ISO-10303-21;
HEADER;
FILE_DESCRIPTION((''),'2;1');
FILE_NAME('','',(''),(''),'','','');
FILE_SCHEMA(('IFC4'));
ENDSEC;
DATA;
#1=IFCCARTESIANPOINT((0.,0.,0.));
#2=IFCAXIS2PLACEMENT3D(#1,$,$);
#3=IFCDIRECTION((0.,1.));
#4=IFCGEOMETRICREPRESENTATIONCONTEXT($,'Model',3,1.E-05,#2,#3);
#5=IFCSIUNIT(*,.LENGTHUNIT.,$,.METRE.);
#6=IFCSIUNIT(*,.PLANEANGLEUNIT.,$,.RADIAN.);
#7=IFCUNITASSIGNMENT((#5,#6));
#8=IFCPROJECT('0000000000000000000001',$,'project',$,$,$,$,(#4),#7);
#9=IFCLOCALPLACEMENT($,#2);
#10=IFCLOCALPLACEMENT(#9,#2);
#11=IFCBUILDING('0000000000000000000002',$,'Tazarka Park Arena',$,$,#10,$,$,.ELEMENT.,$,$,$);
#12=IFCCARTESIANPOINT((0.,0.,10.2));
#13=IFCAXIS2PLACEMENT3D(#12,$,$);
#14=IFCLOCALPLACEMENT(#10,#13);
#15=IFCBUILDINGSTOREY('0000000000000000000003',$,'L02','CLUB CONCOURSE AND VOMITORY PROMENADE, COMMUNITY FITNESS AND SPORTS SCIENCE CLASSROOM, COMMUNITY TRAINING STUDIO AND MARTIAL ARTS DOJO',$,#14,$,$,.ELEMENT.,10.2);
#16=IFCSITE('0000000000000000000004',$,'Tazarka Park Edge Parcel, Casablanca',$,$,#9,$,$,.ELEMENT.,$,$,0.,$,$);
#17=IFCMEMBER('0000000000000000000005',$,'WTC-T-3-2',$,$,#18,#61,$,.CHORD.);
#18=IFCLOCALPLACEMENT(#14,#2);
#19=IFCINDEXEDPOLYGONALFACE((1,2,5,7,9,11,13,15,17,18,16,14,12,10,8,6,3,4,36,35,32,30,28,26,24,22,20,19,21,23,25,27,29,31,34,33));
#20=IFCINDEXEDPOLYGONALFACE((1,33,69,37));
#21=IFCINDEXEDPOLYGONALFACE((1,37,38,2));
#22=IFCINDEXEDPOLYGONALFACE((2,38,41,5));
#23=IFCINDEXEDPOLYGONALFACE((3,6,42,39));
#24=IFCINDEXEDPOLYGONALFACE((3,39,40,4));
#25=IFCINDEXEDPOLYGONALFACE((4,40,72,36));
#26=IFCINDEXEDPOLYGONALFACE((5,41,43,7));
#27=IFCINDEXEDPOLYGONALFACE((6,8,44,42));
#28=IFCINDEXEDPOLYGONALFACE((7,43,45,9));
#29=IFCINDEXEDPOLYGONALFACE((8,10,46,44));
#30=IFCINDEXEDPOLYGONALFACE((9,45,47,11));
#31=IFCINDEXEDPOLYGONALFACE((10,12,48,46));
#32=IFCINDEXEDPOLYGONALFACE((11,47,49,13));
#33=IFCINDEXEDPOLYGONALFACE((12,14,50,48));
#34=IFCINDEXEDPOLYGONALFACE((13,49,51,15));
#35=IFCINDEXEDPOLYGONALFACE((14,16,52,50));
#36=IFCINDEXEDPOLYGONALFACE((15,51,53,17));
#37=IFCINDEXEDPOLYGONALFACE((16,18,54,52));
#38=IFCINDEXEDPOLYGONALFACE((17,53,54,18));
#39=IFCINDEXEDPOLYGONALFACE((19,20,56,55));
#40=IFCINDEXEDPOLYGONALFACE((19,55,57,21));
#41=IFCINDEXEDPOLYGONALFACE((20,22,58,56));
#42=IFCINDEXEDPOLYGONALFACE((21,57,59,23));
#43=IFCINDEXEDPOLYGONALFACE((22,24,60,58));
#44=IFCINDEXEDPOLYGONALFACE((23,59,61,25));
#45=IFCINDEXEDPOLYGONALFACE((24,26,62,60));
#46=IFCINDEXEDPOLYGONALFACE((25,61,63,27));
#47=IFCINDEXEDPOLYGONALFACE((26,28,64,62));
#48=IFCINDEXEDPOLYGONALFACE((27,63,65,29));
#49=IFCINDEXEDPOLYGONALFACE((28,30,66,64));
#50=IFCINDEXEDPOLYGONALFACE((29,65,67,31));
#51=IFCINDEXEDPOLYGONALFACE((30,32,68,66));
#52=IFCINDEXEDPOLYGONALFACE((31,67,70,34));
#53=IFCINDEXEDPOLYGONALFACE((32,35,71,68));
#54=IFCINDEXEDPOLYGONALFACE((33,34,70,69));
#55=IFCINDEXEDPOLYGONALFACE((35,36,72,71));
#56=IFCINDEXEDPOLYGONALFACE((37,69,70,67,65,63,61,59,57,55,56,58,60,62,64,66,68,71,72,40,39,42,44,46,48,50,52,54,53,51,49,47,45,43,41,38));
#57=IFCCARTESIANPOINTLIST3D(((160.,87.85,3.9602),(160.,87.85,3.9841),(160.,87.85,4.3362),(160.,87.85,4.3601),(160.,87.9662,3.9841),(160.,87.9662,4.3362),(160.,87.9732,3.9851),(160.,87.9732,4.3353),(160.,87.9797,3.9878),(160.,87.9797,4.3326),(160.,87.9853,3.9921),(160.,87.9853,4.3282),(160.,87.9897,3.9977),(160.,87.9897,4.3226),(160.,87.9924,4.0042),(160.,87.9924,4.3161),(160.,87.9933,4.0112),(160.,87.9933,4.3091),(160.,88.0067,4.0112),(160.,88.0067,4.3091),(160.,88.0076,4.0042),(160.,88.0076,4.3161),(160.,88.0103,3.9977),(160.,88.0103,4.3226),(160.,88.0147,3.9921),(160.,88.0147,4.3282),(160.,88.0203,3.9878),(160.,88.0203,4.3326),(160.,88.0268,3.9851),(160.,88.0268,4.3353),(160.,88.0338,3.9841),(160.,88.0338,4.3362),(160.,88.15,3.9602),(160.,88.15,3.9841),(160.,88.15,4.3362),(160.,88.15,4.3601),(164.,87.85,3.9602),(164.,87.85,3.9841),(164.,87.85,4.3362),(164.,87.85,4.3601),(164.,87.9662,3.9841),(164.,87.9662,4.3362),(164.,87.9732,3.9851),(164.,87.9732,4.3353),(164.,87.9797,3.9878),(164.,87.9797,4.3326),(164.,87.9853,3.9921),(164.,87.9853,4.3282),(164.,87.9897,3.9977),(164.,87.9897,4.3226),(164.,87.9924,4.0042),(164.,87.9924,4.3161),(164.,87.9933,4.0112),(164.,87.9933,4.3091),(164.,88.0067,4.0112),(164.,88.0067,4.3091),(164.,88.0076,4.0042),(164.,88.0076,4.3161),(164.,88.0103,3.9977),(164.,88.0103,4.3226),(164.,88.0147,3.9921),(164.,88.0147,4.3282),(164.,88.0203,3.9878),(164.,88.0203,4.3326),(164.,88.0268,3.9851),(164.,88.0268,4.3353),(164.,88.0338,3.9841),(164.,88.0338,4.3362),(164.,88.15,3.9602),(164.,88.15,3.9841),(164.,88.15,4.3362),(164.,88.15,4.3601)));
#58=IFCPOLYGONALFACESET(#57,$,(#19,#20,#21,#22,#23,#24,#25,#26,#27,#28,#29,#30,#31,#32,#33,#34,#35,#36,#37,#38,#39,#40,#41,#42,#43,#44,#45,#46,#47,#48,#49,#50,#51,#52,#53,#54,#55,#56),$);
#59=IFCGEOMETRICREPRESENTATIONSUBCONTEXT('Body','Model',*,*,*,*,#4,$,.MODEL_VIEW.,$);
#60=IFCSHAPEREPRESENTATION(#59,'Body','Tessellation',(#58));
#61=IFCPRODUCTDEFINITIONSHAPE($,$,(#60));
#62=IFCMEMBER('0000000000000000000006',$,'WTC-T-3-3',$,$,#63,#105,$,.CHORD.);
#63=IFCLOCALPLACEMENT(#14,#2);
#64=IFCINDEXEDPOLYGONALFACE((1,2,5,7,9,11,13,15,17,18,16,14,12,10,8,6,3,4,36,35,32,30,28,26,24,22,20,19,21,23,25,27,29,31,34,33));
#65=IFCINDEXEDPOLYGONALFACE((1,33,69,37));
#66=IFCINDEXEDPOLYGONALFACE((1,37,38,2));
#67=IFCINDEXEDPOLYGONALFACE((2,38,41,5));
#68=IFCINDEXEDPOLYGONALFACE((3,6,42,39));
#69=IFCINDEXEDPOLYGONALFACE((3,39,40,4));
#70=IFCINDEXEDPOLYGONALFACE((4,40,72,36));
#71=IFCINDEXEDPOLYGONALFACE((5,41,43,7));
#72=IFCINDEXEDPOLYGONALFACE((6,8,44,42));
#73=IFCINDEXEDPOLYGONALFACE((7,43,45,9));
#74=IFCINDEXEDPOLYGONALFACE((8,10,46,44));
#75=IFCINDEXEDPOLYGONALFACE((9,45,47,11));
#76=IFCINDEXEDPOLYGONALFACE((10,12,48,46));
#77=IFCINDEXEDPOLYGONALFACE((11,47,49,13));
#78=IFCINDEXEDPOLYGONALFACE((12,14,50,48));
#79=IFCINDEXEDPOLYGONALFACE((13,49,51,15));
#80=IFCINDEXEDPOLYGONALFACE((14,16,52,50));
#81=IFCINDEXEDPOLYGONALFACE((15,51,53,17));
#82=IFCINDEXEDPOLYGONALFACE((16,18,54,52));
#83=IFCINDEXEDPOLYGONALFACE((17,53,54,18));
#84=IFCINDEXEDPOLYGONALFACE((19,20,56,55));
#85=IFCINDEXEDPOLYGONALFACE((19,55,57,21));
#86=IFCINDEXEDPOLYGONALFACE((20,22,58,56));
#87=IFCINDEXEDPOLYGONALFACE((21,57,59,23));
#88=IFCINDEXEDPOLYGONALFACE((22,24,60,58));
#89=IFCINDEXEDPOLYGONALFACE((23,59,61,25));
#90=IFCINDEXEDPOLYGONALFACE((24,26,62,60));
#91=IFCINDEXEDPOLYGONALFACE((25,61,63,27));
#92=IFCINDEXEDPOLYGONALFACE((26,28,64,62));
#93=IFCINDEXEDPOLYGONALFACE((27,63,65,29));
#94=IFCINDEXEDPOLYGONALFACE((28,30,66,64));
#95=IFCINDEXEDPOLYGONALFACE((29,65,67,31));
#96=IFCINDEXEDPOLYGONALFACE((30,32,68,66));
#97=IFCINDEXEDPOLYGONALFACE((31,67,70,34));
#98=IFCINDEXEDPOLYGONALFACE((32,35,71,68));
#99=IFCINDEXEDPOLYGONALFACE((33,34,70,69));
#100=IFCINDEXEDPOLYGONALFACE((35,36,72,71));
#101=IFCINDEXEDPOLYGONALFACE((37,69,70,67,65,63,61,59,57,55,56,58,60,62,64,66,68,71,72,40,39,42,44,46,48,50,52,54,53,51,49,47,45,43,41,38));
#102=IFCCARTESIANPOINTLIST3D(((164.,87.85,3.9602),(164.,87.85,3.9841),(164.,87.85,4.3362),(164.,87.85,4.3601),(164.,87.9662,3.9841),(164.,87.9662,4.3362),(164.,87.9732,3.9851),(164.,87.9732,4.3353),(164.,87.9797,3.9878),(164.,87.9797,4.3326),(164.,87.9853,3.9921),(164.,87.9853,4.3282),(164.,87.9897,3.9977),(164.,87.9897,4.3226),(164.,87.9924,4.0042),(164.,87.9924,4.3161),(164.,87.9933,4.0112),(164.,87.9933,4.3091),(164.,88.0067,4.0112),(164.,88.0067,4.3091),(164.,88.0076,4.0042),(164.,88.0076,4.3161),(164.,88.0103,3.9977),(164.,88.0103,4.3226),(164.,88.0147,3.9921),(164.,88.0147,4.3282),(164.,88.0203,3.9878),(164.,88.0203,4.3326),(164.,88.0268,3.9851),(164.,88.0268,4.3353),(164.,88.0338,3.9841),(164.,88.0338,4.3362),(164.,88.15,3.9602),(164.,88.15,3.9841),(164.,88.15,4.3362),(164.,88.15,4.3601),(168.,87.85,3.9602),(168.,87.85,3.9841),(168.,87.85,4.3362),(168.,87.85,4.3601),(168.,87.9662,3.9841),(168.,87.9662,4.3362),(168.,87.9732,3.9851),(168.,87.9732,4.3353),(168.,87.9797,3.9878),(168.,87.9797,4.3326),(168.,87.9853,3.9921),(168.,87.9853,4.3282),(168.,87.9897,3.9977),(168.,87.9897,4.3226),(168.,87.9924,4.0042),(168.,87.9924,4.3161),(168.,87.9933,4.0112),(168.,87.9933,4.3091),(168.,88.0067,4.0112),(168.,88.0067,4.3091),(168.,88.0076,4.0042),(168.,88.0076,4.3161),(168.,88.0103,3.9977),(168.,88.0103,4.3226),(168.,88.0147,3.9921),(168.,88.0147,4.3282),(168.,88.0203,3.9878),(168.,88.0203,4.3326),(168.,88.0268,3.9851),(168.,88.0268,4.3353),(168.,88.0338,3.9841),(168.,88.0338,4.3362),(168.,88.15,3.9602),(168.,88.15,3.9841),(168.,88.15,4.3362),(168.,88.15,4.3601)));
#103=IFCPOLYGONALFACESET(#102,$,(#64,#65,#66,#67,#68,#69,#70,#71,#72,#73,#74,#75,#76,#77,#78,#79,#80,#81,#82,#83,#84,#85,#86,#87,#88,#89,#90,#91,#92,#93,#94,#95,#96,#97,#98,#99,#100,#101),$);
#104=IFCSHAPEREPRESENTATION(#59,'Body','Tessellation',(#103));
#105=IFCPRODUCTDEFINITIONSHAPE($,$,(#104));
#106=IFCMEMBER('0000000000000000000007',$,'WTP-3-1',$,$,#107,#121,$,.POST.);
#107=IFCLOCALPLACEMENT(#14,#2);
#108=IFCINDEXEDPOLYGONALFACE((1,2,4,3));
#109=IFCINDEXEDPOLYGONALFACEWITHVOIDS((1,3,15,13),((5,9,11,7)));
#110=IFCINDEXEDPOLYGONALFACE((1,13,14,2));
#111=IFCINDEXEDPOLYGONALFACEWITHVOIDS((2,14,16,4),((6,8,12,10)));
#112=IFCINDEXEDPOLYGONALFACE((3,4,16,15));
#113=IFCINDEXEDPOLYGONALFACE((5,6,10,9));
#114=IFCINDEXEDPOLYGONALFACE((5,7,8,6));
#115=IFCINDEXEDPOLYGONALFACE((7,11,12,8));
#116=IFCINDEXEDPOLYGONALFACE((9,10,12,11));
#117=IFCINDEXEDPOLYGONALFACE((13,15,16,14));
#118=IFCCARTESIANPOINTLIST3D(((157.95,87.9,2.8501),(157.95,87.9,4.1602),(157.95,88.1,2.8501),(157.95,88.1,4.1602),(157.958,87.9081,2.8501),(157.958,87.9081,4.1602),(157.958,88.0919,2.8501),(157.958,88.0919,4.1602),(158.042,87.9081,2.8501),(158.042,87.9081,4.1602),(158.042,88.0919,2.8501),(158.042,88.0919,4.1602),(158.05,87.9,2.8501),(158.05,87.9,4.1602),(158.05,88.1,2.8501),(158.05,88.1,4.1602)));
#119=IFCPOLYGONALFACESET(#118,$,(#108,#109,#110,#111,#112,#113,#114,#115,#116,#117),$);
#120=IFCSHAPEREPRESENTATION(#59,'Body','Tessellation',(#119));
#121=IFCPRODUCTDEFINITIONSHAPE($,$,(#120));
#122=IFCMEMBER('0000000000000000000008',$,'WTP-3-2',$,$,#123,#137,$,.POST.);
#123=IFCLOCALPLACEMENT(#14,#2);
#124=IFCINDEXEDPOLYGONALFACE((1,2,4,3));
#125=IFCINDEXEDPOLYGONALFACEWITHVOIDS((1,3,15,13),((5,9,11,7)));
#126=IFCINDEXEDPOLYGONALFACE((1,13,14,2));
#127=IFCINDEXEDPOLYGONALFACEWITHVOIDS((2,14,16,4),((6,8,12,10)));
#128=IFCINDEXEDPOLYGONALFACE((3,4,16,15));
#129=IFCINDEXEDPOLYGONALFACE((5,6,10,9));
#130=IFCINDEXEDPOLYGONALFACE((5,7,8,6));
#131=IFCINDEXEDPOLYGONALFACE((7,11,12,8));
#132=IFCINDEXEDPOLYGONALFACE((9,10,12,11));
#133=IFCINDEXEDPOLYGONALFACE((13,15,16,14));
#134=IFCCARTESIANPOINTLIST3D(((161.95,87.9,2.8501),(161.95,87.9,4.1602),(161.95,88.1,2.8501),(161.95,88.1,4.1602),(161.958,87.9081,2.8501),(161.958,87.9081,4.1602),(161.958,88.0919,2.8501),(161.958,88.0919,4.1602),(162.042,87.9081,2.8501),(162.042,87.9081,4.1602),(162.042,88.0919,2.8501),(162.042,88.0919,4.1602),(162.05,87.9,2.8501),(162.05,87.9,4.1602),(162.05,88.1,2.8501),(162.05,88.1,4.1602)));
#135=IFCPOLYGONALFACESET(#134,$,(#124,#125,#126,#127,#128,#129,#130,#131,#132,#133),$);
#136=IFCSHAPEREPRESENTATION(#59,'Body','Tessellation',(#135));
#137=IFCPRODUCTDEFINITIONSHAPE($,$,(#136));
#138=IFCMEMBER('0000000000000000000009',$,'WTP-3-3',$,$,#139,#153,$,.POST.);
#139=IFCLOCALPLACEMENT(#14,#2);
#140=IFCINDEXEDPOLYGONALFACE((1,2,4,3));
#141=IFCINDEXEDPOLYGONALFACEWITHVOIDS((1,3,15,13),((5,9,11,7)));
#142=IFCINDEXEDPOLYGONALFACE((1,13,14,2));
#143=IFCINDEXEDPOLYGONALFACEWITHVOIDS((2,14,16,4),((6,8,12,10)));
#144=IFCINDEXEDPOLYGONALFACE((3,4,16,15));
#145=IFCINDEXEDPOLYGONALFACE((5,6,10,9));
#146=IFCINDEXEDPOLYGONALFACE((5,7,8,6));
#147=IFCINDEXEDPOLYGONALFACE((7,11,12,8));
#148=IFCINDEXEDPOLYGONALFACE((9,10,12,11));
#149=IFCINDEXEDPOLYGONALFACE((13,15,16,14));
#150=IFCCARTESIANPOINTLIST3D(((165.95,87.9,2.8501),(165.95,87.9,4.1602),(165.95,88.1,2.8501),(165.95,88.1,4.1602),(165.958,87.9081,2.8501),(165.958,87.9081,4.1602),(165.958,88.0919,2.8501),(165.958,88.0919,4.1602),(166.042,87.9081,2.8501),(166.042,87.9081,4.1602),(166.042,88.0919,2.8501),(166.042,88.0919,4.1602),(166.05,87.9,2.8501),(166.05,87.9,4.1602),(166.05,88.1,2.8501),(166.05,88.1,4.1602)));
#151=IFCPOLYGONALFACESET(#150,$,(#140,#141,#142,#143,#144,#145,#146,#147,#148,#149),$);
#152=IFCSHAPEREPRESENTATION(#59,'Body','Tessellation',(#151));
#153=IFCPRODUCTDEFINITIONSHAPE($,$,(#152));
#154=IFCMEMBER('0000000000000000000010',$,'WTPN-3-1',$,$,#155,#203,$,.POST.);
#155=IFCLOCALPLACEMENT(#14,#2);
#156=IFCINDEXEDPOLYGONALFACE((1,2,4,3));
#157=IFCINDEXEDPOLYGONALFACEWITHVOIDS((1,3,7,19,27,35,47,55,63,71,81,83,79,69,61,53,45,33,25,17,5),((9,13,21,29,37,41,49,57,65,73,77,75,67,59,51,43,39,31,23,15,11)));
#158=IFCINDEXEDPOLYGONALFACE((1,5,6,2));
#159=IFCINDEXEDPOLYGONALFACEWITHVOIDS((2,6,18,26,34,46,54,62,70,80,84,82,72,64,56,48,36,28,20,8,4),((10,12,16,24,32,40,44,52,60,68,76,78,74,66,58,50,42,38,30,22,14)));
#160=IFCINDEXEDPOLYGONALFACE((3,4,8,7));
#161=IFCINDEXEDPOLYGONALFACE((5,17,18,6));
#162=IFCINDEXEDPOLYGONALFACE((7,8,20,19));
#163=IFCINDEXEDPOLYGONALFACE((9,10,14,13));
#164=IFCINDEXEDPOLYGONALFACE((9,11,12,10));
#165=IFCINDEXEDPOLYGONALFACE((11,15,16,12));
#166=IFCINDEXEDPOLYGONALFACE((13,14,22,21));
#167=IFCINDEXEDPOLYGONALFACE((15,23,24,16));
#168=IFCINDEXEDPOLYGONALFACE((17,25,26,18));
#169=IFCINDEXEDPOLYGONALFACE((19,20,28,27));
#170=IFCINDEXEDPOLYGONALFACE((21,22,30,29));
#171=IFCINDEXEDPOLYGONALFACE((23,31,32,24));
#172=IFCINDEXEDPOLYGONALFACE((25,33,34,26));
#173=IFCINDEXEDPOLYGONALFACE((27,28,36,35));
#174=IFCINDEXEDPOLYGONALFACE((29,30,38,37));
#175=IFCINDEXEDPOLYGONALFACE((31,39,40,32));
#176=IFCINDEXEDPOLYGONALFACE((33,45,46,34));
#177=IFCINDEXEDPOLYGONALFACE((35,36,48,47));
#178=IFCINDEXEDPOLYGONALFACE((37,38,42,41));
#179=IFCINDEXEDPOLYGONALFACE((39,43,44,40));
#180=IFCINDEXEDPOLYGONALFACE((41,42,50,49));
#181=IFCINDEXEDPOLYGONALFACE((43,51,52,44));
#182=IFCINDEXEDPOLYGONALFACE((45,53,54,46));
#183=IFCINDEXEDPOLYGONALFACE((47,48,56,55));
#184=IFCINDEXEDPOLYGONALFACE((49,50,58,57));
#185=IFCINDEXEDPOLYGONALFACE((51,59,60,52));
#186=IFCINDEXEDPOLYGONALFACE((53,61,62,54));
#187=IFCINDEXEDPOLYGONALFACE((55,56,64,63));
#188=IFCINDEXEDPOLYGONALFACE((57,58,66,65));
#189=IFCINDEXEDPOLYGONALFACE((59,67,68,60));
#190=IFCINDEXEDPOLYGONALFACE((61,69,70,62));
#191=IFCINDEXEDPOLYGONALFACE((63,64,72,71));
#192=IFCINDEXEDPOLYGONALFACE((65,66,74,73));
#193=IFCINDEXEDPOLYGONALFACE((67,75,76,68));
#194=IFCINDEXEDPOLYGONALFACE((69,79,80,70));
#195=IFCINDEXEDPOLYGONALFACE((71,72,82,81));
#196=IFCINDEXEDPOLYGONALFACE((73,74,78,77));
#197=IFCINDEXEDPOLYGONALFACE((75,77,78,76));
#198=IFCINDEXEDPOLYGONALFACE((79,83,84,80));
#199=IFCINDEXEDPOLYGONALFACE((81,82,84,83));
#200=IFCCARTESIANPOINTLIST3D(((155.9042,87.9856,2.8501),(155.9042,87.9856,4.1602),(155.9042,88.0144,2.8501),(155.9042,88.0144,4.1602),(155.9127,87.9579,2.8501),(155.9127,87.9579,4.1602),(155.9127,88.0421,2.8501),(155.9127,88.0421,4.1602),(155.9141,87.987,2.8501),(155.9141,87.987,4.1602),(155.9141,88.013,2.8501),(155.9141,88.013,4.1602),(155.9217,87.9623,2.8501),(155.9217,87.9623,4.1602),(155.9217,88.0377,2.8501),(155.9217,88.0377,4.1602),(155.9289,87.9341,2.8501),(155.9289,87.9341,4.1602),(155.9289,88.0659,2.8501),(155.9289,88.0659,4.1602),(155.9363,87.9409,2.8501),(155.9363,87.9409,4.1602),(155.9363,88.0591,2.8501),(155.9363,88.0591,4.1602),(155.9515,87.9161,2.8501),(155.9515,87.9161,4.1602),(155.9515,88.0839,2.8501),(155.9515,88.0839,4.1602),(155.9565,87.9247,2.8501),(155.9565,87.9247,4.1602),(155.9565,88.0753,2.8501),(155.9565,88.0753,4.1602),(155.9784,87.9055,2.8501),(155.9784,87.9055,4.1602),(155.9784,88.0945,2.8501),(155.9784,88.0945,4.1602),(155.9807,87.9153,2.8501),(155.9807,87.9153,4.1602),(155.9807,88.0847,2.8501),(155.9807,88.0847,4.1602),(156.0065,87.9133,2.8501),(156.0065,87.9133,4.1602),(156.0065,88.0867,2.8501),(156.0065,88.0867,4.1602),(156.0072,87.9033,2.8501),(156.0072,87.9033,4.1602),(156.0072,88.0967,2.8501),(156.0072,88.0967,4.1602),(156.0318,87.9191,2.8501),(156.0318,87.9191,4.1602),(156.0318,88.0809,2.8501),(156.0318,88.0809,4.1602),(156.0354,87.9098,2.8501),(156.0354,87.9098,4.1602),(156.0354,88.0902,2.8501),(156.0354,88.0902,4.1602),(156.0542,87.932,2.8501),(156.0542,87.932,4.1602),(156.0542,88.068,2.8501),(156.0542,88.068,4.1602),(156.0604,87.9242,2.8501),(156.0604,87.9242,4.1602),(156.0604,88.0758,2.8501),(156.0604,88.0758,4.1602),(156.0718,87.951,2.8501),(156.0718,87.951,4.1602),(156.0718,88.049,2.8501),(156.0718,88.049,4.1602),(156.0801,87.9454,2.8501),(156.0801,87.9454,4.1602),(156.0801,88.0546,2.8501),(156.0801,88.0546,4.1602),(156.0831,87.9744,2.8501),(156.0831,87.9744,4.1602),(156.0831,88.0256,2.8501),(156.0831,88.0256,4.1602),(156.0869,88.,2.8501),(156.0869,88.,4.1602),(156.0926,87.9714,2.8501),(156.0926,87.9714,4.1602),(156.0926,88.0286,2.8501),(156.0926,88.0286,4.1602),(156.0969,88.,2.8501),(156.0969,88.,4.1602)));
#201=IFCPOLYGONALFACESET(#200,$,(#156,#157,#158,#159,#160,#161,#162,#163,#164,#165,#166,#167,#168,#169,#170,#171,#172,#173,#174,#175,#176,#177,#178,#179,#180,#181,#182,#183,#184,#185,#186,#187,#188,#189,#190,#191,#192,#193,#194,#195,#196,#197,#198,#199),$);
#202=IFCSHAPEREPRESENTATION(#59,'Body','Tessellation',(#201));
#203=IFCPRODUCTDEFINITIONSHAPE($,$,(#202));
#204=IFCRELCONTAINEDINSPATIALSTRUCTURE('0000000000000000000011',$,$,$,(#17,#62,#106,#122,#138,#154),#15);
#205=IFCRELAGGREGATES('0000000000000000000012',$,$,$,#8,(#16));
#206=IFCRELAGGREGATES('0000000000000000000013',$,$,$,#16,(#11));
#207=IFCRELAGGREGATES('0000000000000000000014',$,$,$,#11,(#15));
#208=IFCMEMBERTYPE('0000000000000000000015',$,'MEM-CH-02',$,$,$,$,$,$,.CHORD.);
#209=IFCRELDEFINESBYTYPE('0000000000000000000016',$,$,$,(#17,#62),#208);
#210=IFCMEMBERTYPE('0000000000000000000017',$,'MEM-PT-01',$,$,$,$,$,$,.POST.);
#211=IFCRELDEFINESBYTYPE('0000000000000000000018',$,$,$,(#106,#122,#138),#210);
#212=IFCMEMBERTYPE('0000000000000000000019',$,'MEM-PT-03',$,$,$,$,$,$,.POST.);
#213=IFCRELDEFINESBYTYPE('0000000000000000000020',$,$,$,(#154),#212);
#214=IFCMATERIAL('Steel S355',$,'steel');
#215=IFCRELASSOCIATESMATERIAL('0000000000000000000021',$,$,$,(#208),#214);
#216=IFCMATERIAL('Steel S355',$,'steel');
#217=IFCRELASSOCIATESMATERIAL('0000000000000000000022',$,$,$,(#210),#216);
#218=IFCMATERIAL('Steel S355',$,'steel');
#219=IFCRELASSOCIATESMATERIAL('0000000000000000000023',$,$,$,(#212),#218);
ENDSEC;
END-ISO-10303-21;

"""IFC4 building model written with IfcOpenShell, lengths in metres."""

from ifc_helpers import new_model, si_unit, direction, frame, origin, origin_2d, place, context, subcontext, project, spatial, hollow_rectangle, hollow_circle, i_section, extrude, material, material_profile, profile_set, type_object, element, save


model = new_model("IFC4")

# Units and contexts
model_context = context("Model", 3, precision=1e-05, world=origin(), true_north=direction((0.0, 1.0)))
body_context = subcontext(model_context, "Body", "Model", "MODEL_VIEW")
ifc_project = project(units=[si_unit("LENGTHUNIT", "METRE"), si_unit("PLANEANGLEUNIT", "RADIAN")], contexts=[model_context])

# Site, building, storey
site_placement = place(None, origin())
site = spatial("IfcSite", under=ifc_project, at=site_placement, Name="Tazarka Park Edge Parcel, Casablanca", CompositionType="ELEMENT", RefElevation=0.0)
building_placement = place(site_placement, origin())
building = spatial("IfcBuilding", under=site, at=building_placement, Name="Tazarka Park Arena", CompositionType="ELEMENT")
storey_placement = place(building_placement, frame((0.0, 0.0, 10.2)))
storey = spatial("IfcBuildingStorey", under=building, at=storey_placement, Name="L02", Description="CLUB CONCOURSE AND VOMITORY PROMENADE, COMMUNITY FITNESS AND SPORTS SCIENCE CLASSROOM, COMMUNITY TRAINING STUDIO AND MARTIAL ARTS DOJO", CompositionType="ELEMENT", Elevation=10.2)

# Members
ifc_material_1 = material(Name="Steel S355", Category="steel")
ifc_material_profile_1 = material_profile(ifc_material_1, i_section(OverallWidth=0.3, OverallDepth=0.3999, WebThickness=0.0134, FlangeThickness=0.0239, FilletRadius=0.0271, at=origin_2d()), Name="Steel S355")
ifc_profile_set_1 = profile_set([ifc_material_profile_1], Name="Steel S355")
member_type_1 = type_object("IfcMemberType", Name="MEM-CH-02", PredefinedType="CHORD", material=ifc_profile_set_1)
for number, where, z_axis, x_axis, name in (
    (1, (160.0, 88.0, 4.1602), (1.0, 0.0, 0.0), (0.0, 1.0, 0.0), "WTC-T-3-2"),
    (2, (164.0, 88.0, 4.1602), (1.0, 0.0, 0.0), (0.0, 1.0, 0.0), "WTC-T-3-3"),
):
    element("IfcMember", number, at=place(storey_placement, frame(where, z_axis=z_axis, x_axis=x_axis)), inside=storey, type_object=member_type_1, Name=name, PredefinedType="CHORD", context=body_context, shape_type="SweptSolid", body=[
        extrude(i_section(OverallWidth=0.3, OverallDepth=0.3999, WebThickness=0.0134, FlangeThickness=0.0239, FilletRadius=0.0271, at=origin_2d()), origin(), (0.0, 0.0, 1.0), 4.0),
    ])
ifc_material_2 = material(Name="Steel S355", Category="steel")
ifc_material_profile_2 = material_profile(ifc_material_2, hollow_rectangle(XDim=0.1001, YDim=0.2, WallThickness=0.0081, at=origin_2d()), Name="Steel S355")
ifc_profile_set_2 = profile_set([ifc_material_profile_2], Name="Steel S355")
member_type_2 = type_object("IfcMemberType", Name="MEM-PT-01", PredefinedType="POST", material=ifc_profile_set_2)
for number, where, z_axis, x_axis, name in (
    (3, (158.0, 88.0, 2.8501), (0.0, 0.0, 1.0), (1.0, 0.0, 0.0), "WTP-3-1"),
    (4, (162.0, 88.0, 2.8501), (0.0, 0.0, 1.0), (1.0, 0.0, 0.0), "WTP-3-2"),
    (5, (166.0, 88.0, 2.8501), (0.0, 0.0, 1.0), (1.0, 0.0, 0.0), "WTP-3-3"),
):
    element("IfcMember", number, at=place(storey_placement, frame(where, z_axis=z_axis, x_axis=x_axis)), inside=storey, type_object=member_type_2, Name=name, PredefinedType="POST", context=body_context, shape_type="SweptSolid", body=[
        extrude(hollow_rectangle(XDim=0.1001, YDim=0.2, WallThickness=0.0081, at=origin_2d()), origin(), (0.0, 0.0, 1.0), 1.3101),
    ])
ifc_material_3 = material(Name="Steel S355", Category="steel")
ifc_material_profile_3 = material_profile(ifc_material_3, hollow_circle(Radius=0.0969, WallThickness=0.01, at=origin_2d()), Name="Steel S355")
ifc_profile_set_3 = profile_set([ifc_material_profile_3], Name="Steel S355")
member_type_3 = type_object("IfcMemberType", Name="MEM-PT-03", PredefinedType="POST", material=ifc_profile_set_3)
for number, where, z_axis, x_axis, name in (
    (6, (156.0, 88.0, 2.8501), (0.0, 0.0, 1.0), (1.0, 0.0, 0.0), "WTPN-3-1"),
):
    element("IfcMember", number, at=place(storey_placement, frame(where, z_axis=z_axis, x_axis=x_axis)), inside=storey, type_object=member_type_3, Name=name, PredefinedType="POST", context=body_context, shape_type="SweptSolid", body=[
        extrude(hollow_circle(Radius=0.0969, WallThickness=0.01, at=origin_2d()), origin(), (0.0, 0.0, 1.0), 1.3101),
    ])

save(model, "model.ifc")
